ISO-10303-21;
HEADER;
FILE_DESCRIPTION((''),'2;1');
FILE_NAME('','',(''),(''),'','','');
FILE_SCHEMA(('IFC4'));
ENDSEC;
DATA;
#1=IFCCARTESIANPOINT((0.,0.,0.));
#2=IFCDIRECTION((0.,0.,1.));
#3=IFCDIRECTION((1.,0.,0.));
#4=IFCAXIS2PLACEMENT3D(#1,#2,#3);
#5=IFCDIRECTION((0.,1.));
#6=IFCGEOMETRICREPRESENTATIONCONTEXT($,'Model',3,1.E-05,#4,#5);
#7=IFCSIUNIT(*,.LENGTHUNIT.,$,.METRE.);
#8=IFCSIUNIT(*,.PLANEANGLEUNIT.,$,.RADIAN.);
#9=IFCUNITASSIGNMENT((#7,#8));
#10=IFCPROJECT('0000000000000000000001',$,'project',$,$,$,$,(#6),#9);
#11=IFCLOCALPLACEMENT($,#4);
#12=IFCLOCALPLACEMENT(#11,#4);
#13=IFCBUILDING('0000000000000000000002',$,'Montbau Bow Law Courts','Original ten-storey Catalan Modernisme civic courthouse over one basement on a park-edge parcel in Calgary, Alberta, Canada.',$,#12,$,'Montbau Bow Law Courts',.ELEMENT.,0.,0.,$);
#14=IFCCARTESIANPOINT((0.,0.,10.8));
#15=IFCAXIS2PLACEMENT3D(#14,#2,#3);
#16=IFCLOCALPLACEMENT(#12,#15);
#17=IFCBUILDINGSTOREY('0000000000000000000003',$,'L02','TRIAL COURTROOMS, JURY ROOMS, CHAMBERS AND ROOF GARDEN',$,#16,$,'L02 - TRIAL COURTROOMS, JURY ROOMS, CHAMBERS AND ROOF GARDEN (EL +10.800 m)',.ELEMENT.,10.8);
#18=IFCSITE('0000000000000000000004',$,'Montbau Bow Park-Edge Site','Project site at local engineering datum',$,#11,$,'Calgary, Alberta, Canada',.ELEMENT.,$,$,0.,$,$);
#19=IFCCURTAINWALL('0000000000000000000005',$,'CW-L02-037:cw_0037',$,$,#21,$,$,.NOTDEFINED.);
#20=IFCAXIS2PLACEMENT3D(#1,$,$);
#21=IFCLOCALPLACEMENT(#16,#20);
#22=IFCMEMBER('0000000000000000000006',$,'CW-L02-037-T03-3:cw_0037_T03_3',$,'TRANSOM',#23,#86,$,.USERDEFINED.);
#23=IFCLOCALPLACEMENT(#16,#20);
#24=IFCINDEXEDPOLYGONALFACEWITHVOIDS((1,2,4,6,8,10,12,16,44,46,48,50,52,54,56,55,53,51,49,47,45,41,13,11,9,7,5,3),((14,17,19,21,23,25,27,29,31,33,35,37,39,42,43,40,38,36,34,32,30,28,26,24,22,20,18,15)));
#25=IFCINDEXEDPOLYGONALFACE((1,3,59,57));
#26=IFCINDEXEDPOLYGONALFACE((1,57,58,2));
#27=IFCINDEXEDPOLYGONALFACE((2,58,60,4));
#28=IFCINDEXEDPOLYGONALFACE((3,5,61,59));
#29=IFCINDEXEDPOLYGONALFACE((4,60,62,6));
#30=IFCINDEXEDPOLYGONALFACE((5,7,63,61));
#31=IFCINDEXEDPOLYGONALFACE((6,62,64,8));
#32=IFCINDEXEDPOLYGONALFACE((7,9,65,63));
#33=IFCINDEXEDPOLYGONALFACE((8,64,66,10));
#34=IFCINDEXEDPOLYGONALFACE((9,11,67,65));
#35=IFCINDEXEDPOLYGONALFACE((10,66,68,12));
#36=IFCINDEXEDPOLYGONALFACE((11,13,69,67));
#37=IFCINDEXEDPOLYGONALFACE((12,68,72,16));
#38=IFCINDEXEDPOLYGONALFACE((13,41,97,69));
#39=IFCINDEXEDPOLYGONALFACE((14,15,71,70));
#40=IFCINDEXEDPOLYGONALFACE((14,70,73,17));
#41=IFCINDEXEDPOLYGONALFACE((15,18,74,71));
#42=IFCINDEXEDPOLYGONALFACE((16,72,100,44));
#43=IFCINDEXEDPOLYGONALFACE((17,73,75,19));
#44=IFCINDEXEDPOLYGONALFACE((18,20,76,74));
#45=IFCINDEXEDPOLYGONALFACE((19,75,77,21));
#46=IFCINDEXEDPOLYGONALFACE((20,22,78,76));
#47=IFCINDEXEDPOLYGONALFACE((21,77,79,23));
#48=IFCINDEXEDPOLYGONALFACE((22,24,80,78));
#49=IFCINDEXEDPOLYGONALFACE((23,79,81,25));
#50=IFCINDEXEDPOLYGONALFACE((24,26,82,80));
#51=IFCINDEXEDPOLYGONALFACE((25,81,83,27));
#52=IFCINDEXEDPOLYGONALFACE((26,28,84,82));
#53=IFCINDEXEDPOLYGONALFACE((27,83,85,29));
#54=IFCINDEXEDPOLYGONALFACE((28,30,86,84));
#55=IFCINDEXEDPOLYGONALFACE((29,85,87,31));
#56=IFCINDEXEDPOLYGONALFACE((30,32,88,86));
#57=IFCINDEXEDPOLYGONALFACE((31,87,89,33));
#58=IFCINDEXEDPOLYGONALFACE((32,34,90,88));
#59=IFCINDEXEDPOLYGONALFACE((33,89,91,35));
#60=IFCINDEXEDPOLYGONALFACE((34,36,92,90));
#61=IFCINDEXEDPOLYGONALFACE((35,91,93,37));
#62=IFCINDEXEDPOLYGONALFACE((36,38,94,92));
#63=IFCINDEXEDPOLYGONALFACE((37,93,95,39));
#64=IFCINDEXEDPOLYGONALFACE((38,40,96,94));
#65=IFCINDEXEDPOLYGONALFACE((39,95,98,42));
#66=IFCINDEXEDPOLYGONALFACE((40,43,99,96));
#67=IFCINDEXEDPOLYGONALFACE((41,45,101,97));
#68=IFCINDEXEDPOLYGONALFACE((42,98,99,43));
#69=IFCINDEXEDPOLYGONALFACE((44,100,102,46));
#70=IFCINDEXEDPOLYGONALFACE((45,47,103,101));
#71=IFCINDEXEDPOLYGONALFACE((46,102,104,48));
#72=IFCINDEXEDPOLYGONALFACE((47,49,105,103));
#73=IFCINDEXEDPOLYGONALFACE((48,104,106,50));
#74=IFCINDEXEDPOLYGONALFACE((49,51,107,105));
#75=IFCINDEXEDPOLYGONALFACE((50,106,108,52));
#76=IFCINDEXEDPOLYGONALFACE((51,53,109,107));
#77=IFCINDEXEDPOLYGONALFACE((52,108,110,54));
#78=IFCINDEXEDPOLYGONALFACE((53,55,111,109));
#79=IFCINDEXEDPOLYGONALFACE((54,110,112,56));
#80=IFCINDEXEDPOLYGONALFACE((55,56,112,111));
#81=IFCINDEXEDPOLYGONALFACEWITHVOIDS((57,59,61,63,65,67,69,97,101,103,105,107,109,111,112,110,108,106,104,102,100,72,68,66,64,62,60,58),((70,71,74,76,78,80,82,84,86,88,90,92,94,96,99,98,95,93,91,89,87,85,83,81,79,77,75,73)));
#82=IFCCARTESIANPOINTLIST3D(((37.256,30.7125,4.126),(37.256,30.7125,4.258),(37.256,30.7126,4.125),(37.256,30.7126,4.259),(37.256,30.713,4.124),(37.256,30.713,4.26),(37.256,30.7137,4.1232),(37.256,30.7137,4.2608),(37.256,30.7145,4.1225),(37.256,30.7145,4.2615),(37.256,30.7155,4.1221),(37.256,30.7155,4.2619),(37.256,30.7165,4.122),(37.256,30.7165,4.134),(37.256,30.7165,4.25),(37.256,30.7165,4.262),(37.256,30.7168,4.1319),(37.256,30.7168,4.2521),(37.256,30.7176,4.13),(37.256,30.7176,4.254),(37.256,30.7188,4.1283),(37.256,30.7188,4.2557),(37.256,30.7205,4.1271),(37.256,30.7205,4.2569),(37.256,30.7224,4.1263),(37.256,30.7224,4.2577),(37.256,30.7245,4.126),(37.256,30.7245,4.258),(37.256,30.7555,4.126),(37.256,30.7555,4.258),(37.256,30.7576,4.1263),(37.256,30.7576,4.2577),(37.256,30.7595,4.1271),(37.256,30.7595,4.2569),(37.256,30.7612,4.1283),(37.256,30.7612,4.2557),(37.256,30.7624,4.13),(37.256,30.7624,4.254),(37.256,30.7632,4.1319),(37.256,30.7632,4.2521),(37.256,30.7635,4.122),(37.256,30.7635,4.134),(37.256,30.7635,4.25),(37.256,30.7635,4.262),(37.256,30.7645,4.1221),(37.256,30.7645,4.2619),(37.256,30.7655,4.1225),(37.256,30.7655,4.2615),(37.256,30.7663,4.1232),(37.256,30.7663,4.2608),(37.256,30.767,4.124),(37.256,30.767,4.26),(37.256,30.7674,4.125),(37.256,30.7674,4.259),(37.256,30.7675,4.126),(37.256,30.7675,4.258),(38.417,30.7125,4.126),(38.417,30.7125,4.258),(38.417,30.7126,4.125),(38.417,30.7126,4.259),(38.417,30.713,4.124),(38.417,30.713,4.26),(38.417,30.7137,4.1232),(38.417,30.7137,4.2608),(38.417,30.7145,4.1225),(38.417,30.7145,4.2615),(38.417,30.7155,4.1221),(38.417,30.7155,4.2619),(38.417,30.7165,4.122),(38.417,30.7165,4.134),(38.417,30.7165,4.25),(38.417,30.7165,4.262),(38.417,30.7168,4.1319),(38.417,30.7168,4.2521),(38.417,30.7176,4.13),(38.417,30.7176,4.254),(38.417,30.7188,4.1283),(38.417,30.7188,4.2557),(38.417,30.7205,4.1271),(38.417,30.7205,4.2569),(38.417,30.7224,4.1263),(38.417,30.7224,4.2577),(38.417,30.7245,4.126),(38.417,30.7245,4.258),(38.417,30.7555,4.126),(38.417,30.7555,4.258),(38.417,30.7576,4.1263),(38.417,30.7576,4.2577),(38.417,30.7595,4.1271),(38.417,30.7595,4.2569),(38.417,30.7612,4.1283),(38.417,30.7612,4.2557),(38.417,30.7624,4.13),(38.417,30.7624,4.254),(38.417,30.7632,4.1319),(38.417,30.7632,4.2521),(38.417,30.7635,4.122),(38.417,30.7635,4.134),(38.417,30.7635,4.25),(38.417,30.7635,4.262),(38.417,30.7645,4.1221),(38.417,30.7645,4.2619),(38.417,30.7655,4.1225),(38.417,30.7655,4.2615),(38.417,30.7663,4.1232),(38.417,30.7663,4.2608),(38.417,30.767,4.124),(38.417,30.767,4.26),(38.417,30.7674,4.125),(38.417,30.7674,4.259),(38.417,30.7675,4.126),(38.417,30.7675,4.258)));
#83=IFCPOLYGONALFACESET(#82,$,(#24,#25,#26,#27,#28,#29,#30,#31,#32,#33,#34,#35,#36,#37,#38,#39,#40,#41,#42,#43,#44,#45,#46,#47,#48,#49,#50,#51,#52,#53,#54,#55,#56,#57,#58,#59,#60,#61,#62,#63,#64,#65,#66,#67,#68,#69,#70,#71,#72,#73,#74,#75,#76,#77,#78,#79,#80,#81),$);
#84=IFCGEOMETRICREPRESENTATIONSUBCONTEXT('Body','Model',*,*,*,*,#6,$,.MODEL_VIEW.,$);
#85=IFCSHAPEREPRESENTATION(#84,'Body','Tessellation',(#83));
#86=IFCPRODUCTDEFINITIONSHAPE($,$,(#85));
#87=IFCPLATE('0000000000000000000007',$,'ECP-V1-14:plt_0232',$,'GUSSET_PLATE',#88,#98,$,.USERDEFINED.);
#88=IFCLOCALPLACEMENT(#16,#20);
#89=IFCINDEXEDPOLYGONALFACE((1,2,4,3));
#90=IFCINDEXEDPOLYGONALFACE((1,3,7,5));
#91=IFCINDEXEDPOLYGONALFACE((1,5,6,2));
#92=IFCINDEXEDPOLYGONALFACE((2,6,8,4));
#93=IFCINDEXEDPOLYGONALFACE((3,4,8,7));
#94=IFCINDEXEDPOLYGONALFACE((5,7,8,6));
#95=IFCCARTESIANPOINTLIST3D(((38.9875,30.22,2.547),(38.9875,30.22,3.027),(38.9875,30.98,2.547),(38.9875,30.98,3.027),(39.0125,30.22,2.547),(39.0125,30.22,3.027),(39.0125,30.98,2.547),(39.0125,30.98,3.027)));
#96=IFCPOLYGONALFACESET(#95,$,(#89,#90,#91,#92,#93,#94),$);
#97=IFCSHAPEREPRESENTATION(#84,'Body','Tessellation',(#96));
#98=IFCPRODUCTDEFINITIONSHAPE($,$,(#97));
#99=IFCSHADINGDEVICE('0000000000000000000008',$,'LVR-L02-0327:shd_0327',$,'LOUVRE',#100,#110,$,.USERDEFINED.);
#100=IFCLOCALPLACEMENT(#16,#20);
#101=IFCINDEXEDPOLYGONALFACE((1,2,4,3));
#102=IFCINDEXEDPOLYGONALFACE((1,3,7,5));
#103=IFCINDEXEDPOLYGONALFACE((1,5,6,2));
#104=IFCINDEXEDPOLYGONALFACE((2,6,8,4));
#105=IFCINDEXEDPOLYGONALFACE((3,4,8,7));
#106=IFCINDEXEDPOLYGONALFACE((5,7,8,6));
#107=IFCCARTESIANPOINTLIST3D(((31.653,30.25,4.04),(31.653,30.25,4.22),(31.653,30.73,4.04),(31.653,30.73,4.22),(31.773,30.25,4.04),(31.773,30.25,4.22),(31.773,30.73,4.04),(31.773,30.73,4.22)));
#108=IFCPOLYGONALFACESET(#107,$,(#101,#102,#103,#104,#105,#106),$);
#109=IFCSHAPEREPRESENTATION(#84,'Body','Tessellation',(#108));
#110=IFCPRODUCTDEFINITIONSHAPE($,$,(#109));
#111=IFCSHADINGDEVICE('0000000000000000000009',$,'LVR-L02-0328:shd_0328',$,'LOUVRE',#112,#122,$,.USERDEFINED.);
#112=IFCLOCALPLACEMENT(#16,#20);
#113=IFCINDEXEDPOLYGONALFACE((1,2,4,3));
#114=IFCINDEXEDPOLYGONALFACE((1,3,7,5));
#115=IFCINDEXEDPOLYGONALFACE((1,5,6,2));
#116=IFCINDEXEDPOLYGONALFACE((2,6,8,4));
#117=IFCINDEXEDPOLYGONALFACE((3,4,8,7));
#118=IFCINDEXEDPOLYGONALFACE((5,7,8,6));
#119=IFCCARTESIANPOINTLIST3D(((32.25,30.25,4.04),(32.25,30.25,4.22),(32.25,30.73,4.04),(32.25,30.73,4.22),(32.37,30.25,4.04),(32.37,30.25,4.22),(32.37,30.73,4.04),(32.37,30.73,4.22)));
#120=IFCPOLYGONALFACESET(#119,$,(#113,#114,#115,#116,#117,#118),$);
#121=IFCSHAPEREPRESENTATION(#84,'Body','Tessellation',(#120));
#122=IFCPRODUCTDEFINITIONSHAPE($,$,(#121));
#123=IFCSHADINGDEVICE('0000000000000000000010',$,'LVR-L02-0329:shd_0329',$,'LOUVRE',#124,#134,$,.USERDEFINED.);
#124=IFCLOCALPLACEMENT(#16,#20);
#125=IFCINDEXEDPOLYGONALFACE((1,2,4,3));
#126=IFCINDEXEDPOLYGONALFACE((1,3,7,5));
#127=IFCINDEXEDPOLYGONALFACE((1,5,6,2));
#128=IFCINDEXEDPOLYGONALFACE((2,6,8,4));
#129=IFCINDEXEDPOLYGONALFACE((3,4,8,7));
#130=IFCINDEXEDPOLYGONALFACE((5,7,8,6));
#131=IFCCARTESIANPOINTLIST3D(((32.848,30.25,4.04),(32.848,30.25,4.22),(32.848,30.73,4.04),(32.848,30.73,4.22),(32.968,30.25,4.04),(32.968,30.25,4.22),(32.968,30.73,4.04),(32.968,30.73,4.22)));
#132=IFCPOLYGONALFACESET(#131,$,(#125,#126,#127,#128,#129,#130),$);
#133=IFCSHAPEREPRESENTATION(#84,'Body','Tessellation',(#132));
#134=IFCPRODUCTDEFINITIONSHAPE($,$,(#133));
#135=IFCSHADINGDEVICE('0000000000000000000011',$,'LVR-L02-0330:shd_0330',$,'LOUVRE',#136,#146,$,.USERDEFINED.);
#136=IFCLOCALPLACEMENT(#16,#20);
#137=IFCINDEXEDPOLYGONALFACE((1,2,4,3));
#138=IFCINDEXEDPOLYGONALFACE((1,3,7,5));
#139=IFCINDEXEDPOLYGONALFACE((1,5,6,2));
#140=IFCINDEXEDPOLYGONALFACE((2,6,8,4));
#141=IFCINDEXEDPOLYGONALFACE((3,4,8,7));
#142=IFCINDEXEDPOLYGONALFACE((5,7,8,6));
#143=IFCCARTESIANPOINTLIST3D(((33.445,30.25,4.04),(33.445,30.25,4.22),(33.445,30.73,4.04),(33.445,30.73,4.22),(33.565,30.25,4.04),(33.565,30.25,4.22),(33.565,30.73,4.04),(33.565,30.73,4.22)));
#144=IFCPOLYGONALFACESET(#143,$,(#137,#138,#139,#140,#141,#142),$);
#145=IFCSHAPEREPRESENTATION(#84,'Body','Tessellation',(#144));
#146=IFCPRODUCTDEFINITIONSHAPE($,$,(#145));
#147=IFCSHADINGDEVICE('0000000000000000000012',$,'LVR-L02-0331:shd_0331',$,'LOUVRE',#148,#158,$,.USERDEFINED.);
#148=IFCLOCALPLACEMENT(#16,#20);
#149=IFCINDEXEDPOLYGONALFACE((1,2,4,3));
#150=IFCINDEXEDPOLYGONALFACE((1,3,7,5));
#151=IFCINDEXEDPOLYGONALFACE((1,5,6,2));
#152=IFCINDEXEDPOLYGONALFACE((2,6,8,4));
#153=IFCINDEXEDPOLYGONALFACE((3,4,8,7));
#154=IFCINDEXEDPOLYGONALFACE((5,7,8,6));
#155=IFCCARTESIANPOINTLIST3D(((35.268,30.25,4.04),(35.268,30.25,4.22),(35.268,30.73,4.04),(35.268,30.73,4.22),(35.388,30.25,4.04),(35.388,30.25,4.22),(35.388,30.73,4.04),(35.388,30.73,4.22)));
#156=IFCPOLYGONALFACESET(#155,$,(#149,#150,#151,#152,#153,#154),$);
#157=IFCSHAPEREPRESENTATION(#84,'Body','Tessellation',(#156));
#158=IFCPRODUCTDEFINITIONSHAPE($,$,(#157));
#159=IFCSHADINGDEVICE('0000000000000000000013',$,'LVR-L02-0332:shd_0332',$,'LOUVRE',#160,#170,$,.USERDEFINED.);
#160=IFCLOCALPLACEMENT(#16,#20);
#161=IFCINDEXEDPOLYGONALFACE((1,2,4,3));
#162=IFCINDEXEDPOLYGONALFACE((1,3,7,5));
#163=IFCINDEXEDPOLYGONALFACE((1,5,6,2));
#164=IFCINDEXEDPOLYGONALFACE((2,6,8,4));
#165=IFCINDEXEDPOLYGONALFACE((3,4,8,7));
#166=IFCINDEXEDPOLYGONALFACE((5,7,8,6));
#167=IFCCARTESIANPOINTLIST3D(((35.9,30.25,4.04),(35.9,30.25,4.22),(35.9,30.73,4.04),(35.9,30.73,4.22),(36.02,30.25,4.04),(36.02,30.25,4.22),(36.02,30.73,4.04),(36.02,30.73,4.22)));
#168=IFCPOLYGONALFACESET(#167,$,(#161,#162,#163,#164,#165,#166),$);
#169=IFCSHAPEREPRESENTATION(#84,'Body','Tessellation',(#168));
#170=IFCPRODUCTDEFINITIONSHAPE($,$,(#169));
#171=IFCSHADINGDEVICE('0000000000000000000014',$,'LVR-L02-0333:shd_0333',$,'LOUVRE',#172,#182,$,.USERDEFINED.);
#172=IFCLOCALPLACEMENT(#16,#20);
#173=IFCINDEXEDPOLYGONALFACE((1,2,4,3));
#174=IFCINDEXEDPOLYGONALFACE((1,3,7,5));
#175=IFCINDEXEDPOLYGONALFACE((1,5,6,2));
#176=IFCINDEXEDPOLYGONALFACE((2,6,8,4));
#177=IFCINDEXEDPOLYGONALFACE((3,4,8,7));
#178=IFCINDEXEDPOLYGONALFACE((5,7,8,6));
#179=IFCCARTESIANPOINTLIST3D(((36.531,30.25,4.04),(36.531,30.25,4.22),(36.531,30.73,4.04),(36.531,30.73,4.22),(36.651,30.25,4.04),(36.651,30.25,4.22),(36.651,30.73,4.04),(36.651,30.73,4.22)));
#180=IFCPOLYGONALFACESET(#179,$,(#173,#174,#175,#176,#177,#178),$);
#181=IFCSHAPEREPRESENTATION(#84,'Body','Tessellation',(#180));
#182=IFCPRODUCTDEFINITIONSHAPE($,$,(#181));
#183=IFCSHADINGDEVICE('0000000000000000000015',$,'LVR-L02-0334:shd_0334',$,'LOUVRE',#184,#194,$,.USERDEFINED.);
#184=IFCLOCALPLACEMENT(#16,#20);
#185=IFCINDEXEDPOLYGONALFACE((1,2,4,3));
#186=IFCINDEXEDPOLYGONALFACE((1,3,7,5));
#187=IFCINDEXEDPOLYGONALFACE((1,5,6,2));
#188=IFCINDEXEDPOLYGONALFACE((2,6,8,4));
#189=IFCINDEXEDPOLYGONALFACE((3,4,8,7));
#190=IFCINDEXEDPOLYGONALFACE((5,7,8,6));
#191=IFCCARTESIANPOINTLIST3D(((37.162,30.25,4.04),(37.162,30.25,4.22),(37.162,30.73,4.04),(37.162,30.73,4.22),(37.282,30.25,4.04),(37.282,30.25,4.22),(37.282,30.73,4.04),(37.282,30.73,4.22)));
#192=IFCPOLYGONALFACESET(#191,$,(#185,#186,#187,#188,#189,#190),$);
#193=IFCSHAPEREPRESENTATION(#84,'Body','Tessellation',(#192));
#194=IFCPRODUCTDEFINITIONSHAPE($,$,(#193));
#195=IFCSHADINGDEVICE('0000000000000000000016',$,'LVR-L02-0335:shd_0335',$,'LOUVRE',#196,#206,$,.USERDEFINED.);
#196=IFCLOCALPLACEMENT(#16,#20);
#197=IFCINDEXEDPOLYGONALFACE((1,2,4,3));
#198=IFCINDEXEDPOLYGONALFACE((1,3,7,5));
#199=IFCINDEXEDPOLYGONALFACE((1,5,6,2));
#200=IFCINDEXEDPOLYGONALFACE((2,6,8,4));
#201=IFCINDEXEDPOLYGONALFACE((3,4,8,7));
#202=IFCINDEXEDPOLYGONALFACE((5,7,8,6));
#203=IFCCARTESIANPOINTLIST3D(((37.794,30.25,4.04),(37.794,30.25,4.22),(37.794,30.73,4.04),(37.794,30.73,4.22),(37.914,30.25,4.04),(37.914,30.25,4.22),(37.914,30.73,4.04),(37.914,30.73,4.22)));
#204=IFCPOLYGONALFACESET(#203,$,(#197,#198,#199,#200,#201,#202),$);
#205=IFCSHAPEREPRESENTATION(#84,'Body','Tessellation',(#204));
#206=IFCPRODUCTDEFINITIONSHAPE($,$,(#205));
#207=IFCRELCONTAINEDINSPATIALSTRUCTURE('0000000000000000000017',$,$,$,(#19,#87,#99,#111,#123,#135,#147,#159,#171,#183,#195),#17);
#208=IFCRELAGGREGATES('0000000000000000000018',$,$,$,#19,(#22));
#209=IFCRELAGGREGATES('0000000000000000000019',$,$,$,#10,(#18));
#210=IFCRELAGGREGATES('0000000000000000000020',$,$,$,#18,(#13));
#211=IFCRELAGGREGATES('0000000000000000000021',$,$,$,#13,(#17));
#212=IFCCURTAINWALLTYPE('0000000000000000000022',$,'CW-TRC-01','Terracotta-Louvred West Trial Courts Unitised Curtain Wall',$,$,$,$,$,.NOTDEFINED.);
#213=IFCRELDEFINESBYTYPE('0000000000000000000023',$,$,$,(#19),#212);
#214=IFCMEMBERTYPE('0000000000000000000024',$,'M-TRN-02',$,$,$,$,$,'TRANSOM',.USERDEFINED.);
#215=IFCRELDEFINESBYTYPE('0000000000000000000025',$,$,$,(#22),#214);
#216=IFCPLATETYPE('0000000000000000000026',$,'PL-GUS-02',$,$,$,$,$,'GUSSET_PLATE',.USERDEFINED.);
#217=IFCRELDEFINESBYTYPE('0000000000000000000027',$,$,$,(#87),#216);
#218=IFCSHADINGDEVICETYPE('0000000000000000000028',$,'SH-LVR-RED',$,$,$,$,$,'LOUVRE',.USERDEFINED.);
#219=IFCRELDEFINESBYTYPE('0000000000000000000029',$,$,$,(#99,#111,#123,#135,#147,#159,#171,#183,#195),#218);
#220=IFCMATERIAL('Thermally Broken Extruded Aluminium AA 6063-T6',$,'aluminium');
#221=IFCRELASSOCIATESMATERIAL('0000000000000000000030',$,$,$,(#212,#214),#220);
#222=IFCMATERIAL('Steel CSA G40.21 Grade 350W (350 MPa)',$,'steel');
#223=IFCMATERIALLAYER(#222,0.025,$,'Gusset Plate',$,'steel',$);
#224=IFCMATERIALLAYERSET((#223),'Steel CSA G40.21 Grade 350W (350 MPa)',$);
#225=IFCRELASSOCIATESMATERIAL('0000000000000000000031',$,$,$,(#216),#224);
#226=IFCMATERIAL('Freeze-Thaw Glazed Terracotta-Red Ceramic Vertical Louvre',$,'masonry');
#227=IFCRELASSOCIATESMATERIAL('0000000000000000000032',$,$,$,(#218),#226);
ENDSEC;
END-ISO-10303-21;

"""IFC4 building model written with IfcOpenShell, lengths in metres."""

from ifc_helpers import new_model, si_unit, direction, frame, origin_with_axes, origin_2d_with_axis, place, context, subcontext, project, spatial, rectangle, hollow_rectangle, extrude, material, layer, layer_set, material_profile, profile_set, type_object, element, aggregate, save


model = new_model("IFC4")

# Units and contexts
model_context = context("Model", 3, precision=1e-05, world=origin_with_axes(), true_north=direction((0.0, 1.0)))
body_context = subcontext(model_context, "Body", "Model", "MODEL_VIEW")
ifc_project = project(units=[si_unit("LENGTHUNIT", "METRE"), si_unit("PLANEANGLEUNIT", "RADIAN")], contexts=[model_context])

# Site, building, storey
site_placement = place(None, origin_with_axes())
site = spatial("IfcSite", under=ifc_project, at=site_placement, Name="Montbau Bow Park-Edge Site", Description="Project site at local engineering datum", LongName="Calgary, Alberta, Canada", CompositionType="ELEMENT", RefElevation=0.0)
building_placement = place(site_placement, origin_with_axes())
building = spatial("IfcBuilding", under=site, at=building_placement, Name="Montbau Bow Law Courts", Description="Original ten-storey Catalan Modernisme civic courthouse over one basement on a park-edge parcel in Calgary, Alberta, Canada.", LongName="Montbau Bow Law Courts", CompositionType="ELEMENT", ElevationOfRefHeight=0.0, ElevationOfTerrain=0.0)
storey_placement = place(building_placement, frame((0.0, 0.0, 10.8), z_axis=(0.0, 0.0, 1.0), x_axis=(1.0, 0.0, 0.0)))
storey = spatial("IfcBuildingStorey", under=building, at=storey_placement, Name="L02", Description="TRIAL COURTROOMS, JURY ROOMS, CHAMBERS AND ROOF GARDEN", LongName="L02 - TRIAL COURTROOMS, JURY ROOMS, CHAMBERS AND ROOF GARDEN (EL +10.800 m)", CompositionType="ELEMENT", Elevation=10.8)

# Shared definitions
ifc_material_1 = material(Name="Thermally Broken Extruded Aluminium AA 6063-T6", Category="aluminium")
curtain_wall_type = type_object("IfcCurtainWallType", Name="CW-TRC-01", Description="Terracotta-Louvred West Trial Courts Unitised Curtain Wall", PredefinedType="NOTDEFINED", material=ifc_material_1)

# Curtain wall, member
curtain_wall_1_placement = place(None, frame((34.697, 30.74, 10.8), z_axis=(0.0, 0.0, 1.0), x_axis=(1.0, 0.0, 0.0)))
curtain_wall_1 = element("IfcCurtainWall", 1, at=curtain_wall_1_placement, inside=storey, type_object=curtain_wall_type, Name="CW-L02-037:cw_0037", PredefinedType="NOTDEFINED")
ifc_material_profile_1 = material_profile(ifc_material_1, hollow_rectangle(XDim=0.055, YDim=0.14, WallThickness=0.004, InnerFilletRadius=0.008, OuterFilletRadius=0.004, at=origin_2d_with_axis()), Name="CWT-140X55", Category="Main", Priority=0)
ifc_profile_set_1 = profile_set([ifc_material_profile_1], Name="Thermally Broken Extruded Aluminium AA 6063-T6")
member_type_1 = type_object("IfcMemberType", Name="M-TRN-02", ElementType="TRANSOM", PredefinedType="USERDEFINED", material=ifc_profile_set_1)
member_1_placement = place(None, frame((37.256, 30.74, 14.992), z_axis=(1.0, 0.0, 0.0), x_axis=(0.0, 1.0, 0.0)))
member_1 = element("IfcMember", 2, at=member_1_placement, type_object=member_type_1, Name="CW-L02-037-T03-3:cw_0037_T03_3", ObjectType="TRANSOM", PredefinedType="USERDEFINED", context=body_context, shape_type="SweptSolid", body=[
    extrude(hollow_rectangle(XDim=0.055, YDim=0.14, WallThickness=0.004, InnerFilletRadius=0.008, OuterFilletRadius=0.004, at=origin_2d_with_axis()), origin_with_axes(), (0.0, 0.0, 1.0), 1.161),
])
aggregate(curtain_wall_1, [member_1])

# Plate
ifc_material_2 = material(Name="Steel CSA G40.21 Grade 350W (350 MPa)", Category="steel")
ifc_layer = layer(ifc_material_2, 0.025, Name="Gusset Plate", Category="steel")
ifc_layer_set = layer_set([ifc_layer], Name="Steel CSA G40.21 Grade 350W (350 MPa)")
plate_type = type_object("IfcPlateType", Name="PL-GUS-02", ElementType="GUSSET_PLATE", PredefinedType="USERDEFINED", material=ifc_layer_set)
plate_placement = place(None, frame((39.0, 30.6, 13.347), z_axis=(0.0, 0.0, 1.0), x_axis=(1.0, 0.0, 0.0)))
element("IfcPlate", 3, at=plate_placement, inside=storey, type_object=plate_type, Name="ECP-V1-14:plt_0232", ObjectType="GUSSET_PLATE", PredefinedType="USERDEFINED", context=body_context, shape_type="SweptSolid", body=[
    extrude(rectangle(XDim=0.025, YDim=0.76, at=origin_2d_with_axis()), origin_with_axes(), (0.0, 0.0, 1.0), 0.48),
])

# Shading devices
ifc_material_3 = material(Name="Freeze-Thaw Glazed Terracotta-Red Ceramic Vertical Louvre", Category="masonry")
shading_device_type = type_object("IfcShadingDeviceType", Name="SH-LVR-RED", ElementType="LOUVRE", PredefinedType="USERDEFINED", material=ifc_material_3)
for number, where, z_axis, x_axis, name in (
    (4, (31.713, 30.49, 14.84), (0.0, 0.0, 1.0), (0.0, -1.0, 0.0), "LVR-L02-0327:shd_0327"),
    (5, (32.31, 30.49, 14.84), (0.0, 0.0, 1.0), (0.0, -1.0, 0.0), "LVR-L02-0328:shd_0328"),
    (6, (32.908, 30.49, 14.84), (0.0, 0.0, 1.0), (0.0, -1.0, 0.0), "LVR-L02-0329:shd_0329"),
    (7, (33.505, 30.49, 14.84), (0.0, 0.0, 1.0), (0.0, -1.0, 0.0), "LVR-L02-0330:shd_0330"),
    (8, (35.328, 30.49, 14.84), (0.0, 0.0, 1.0), (0.0, -1.0, 0.0), "LVR-L02-0331:shd_0331"),
    (9, (35.96, 30.49, 14.84), (0.0, 0.0, 1.0), (0.0, -1.0, 0.0), "LVR-L02-0332:shd_0332"),
    (10, (36.591, 30.49, 14.84), (0.0, 0.0, 1.0), (0.0, -1.0, 0.0), "LVR-L02-0333:shd_0333"),
    (11, (37.222, 30.49, 14.84), (0.0, 0.0, 1.0), (0.0, -1.0, 0.0), "LVR-L02-0334:shd_0334"),
    (12, (37.854, 30.49, 14.84), (0.0, 0.0, 1.0), (0.0, -1.0, 0.0), "LVR-L02-0335:shd_0335"),
):
    element("IfcShadingDevice", number, at=place(None, frame(where, z_axis=z_axis, x_axis=x_axis)), inside=storey, type_object=shading_device_type, Name=name, ObjectType="LOUVRE", PredefinedType="USERDEFINED", context=body_context, shape_type="SweptSolid", body=[
        extrude(rectangle(XDim=0.48, YDim=0.12, at=origin_2d_with_axis()), origin_with_axes(), (0.0, 0.0, 1.0), 0.18),
    ])

save(model, "model.ifc")
